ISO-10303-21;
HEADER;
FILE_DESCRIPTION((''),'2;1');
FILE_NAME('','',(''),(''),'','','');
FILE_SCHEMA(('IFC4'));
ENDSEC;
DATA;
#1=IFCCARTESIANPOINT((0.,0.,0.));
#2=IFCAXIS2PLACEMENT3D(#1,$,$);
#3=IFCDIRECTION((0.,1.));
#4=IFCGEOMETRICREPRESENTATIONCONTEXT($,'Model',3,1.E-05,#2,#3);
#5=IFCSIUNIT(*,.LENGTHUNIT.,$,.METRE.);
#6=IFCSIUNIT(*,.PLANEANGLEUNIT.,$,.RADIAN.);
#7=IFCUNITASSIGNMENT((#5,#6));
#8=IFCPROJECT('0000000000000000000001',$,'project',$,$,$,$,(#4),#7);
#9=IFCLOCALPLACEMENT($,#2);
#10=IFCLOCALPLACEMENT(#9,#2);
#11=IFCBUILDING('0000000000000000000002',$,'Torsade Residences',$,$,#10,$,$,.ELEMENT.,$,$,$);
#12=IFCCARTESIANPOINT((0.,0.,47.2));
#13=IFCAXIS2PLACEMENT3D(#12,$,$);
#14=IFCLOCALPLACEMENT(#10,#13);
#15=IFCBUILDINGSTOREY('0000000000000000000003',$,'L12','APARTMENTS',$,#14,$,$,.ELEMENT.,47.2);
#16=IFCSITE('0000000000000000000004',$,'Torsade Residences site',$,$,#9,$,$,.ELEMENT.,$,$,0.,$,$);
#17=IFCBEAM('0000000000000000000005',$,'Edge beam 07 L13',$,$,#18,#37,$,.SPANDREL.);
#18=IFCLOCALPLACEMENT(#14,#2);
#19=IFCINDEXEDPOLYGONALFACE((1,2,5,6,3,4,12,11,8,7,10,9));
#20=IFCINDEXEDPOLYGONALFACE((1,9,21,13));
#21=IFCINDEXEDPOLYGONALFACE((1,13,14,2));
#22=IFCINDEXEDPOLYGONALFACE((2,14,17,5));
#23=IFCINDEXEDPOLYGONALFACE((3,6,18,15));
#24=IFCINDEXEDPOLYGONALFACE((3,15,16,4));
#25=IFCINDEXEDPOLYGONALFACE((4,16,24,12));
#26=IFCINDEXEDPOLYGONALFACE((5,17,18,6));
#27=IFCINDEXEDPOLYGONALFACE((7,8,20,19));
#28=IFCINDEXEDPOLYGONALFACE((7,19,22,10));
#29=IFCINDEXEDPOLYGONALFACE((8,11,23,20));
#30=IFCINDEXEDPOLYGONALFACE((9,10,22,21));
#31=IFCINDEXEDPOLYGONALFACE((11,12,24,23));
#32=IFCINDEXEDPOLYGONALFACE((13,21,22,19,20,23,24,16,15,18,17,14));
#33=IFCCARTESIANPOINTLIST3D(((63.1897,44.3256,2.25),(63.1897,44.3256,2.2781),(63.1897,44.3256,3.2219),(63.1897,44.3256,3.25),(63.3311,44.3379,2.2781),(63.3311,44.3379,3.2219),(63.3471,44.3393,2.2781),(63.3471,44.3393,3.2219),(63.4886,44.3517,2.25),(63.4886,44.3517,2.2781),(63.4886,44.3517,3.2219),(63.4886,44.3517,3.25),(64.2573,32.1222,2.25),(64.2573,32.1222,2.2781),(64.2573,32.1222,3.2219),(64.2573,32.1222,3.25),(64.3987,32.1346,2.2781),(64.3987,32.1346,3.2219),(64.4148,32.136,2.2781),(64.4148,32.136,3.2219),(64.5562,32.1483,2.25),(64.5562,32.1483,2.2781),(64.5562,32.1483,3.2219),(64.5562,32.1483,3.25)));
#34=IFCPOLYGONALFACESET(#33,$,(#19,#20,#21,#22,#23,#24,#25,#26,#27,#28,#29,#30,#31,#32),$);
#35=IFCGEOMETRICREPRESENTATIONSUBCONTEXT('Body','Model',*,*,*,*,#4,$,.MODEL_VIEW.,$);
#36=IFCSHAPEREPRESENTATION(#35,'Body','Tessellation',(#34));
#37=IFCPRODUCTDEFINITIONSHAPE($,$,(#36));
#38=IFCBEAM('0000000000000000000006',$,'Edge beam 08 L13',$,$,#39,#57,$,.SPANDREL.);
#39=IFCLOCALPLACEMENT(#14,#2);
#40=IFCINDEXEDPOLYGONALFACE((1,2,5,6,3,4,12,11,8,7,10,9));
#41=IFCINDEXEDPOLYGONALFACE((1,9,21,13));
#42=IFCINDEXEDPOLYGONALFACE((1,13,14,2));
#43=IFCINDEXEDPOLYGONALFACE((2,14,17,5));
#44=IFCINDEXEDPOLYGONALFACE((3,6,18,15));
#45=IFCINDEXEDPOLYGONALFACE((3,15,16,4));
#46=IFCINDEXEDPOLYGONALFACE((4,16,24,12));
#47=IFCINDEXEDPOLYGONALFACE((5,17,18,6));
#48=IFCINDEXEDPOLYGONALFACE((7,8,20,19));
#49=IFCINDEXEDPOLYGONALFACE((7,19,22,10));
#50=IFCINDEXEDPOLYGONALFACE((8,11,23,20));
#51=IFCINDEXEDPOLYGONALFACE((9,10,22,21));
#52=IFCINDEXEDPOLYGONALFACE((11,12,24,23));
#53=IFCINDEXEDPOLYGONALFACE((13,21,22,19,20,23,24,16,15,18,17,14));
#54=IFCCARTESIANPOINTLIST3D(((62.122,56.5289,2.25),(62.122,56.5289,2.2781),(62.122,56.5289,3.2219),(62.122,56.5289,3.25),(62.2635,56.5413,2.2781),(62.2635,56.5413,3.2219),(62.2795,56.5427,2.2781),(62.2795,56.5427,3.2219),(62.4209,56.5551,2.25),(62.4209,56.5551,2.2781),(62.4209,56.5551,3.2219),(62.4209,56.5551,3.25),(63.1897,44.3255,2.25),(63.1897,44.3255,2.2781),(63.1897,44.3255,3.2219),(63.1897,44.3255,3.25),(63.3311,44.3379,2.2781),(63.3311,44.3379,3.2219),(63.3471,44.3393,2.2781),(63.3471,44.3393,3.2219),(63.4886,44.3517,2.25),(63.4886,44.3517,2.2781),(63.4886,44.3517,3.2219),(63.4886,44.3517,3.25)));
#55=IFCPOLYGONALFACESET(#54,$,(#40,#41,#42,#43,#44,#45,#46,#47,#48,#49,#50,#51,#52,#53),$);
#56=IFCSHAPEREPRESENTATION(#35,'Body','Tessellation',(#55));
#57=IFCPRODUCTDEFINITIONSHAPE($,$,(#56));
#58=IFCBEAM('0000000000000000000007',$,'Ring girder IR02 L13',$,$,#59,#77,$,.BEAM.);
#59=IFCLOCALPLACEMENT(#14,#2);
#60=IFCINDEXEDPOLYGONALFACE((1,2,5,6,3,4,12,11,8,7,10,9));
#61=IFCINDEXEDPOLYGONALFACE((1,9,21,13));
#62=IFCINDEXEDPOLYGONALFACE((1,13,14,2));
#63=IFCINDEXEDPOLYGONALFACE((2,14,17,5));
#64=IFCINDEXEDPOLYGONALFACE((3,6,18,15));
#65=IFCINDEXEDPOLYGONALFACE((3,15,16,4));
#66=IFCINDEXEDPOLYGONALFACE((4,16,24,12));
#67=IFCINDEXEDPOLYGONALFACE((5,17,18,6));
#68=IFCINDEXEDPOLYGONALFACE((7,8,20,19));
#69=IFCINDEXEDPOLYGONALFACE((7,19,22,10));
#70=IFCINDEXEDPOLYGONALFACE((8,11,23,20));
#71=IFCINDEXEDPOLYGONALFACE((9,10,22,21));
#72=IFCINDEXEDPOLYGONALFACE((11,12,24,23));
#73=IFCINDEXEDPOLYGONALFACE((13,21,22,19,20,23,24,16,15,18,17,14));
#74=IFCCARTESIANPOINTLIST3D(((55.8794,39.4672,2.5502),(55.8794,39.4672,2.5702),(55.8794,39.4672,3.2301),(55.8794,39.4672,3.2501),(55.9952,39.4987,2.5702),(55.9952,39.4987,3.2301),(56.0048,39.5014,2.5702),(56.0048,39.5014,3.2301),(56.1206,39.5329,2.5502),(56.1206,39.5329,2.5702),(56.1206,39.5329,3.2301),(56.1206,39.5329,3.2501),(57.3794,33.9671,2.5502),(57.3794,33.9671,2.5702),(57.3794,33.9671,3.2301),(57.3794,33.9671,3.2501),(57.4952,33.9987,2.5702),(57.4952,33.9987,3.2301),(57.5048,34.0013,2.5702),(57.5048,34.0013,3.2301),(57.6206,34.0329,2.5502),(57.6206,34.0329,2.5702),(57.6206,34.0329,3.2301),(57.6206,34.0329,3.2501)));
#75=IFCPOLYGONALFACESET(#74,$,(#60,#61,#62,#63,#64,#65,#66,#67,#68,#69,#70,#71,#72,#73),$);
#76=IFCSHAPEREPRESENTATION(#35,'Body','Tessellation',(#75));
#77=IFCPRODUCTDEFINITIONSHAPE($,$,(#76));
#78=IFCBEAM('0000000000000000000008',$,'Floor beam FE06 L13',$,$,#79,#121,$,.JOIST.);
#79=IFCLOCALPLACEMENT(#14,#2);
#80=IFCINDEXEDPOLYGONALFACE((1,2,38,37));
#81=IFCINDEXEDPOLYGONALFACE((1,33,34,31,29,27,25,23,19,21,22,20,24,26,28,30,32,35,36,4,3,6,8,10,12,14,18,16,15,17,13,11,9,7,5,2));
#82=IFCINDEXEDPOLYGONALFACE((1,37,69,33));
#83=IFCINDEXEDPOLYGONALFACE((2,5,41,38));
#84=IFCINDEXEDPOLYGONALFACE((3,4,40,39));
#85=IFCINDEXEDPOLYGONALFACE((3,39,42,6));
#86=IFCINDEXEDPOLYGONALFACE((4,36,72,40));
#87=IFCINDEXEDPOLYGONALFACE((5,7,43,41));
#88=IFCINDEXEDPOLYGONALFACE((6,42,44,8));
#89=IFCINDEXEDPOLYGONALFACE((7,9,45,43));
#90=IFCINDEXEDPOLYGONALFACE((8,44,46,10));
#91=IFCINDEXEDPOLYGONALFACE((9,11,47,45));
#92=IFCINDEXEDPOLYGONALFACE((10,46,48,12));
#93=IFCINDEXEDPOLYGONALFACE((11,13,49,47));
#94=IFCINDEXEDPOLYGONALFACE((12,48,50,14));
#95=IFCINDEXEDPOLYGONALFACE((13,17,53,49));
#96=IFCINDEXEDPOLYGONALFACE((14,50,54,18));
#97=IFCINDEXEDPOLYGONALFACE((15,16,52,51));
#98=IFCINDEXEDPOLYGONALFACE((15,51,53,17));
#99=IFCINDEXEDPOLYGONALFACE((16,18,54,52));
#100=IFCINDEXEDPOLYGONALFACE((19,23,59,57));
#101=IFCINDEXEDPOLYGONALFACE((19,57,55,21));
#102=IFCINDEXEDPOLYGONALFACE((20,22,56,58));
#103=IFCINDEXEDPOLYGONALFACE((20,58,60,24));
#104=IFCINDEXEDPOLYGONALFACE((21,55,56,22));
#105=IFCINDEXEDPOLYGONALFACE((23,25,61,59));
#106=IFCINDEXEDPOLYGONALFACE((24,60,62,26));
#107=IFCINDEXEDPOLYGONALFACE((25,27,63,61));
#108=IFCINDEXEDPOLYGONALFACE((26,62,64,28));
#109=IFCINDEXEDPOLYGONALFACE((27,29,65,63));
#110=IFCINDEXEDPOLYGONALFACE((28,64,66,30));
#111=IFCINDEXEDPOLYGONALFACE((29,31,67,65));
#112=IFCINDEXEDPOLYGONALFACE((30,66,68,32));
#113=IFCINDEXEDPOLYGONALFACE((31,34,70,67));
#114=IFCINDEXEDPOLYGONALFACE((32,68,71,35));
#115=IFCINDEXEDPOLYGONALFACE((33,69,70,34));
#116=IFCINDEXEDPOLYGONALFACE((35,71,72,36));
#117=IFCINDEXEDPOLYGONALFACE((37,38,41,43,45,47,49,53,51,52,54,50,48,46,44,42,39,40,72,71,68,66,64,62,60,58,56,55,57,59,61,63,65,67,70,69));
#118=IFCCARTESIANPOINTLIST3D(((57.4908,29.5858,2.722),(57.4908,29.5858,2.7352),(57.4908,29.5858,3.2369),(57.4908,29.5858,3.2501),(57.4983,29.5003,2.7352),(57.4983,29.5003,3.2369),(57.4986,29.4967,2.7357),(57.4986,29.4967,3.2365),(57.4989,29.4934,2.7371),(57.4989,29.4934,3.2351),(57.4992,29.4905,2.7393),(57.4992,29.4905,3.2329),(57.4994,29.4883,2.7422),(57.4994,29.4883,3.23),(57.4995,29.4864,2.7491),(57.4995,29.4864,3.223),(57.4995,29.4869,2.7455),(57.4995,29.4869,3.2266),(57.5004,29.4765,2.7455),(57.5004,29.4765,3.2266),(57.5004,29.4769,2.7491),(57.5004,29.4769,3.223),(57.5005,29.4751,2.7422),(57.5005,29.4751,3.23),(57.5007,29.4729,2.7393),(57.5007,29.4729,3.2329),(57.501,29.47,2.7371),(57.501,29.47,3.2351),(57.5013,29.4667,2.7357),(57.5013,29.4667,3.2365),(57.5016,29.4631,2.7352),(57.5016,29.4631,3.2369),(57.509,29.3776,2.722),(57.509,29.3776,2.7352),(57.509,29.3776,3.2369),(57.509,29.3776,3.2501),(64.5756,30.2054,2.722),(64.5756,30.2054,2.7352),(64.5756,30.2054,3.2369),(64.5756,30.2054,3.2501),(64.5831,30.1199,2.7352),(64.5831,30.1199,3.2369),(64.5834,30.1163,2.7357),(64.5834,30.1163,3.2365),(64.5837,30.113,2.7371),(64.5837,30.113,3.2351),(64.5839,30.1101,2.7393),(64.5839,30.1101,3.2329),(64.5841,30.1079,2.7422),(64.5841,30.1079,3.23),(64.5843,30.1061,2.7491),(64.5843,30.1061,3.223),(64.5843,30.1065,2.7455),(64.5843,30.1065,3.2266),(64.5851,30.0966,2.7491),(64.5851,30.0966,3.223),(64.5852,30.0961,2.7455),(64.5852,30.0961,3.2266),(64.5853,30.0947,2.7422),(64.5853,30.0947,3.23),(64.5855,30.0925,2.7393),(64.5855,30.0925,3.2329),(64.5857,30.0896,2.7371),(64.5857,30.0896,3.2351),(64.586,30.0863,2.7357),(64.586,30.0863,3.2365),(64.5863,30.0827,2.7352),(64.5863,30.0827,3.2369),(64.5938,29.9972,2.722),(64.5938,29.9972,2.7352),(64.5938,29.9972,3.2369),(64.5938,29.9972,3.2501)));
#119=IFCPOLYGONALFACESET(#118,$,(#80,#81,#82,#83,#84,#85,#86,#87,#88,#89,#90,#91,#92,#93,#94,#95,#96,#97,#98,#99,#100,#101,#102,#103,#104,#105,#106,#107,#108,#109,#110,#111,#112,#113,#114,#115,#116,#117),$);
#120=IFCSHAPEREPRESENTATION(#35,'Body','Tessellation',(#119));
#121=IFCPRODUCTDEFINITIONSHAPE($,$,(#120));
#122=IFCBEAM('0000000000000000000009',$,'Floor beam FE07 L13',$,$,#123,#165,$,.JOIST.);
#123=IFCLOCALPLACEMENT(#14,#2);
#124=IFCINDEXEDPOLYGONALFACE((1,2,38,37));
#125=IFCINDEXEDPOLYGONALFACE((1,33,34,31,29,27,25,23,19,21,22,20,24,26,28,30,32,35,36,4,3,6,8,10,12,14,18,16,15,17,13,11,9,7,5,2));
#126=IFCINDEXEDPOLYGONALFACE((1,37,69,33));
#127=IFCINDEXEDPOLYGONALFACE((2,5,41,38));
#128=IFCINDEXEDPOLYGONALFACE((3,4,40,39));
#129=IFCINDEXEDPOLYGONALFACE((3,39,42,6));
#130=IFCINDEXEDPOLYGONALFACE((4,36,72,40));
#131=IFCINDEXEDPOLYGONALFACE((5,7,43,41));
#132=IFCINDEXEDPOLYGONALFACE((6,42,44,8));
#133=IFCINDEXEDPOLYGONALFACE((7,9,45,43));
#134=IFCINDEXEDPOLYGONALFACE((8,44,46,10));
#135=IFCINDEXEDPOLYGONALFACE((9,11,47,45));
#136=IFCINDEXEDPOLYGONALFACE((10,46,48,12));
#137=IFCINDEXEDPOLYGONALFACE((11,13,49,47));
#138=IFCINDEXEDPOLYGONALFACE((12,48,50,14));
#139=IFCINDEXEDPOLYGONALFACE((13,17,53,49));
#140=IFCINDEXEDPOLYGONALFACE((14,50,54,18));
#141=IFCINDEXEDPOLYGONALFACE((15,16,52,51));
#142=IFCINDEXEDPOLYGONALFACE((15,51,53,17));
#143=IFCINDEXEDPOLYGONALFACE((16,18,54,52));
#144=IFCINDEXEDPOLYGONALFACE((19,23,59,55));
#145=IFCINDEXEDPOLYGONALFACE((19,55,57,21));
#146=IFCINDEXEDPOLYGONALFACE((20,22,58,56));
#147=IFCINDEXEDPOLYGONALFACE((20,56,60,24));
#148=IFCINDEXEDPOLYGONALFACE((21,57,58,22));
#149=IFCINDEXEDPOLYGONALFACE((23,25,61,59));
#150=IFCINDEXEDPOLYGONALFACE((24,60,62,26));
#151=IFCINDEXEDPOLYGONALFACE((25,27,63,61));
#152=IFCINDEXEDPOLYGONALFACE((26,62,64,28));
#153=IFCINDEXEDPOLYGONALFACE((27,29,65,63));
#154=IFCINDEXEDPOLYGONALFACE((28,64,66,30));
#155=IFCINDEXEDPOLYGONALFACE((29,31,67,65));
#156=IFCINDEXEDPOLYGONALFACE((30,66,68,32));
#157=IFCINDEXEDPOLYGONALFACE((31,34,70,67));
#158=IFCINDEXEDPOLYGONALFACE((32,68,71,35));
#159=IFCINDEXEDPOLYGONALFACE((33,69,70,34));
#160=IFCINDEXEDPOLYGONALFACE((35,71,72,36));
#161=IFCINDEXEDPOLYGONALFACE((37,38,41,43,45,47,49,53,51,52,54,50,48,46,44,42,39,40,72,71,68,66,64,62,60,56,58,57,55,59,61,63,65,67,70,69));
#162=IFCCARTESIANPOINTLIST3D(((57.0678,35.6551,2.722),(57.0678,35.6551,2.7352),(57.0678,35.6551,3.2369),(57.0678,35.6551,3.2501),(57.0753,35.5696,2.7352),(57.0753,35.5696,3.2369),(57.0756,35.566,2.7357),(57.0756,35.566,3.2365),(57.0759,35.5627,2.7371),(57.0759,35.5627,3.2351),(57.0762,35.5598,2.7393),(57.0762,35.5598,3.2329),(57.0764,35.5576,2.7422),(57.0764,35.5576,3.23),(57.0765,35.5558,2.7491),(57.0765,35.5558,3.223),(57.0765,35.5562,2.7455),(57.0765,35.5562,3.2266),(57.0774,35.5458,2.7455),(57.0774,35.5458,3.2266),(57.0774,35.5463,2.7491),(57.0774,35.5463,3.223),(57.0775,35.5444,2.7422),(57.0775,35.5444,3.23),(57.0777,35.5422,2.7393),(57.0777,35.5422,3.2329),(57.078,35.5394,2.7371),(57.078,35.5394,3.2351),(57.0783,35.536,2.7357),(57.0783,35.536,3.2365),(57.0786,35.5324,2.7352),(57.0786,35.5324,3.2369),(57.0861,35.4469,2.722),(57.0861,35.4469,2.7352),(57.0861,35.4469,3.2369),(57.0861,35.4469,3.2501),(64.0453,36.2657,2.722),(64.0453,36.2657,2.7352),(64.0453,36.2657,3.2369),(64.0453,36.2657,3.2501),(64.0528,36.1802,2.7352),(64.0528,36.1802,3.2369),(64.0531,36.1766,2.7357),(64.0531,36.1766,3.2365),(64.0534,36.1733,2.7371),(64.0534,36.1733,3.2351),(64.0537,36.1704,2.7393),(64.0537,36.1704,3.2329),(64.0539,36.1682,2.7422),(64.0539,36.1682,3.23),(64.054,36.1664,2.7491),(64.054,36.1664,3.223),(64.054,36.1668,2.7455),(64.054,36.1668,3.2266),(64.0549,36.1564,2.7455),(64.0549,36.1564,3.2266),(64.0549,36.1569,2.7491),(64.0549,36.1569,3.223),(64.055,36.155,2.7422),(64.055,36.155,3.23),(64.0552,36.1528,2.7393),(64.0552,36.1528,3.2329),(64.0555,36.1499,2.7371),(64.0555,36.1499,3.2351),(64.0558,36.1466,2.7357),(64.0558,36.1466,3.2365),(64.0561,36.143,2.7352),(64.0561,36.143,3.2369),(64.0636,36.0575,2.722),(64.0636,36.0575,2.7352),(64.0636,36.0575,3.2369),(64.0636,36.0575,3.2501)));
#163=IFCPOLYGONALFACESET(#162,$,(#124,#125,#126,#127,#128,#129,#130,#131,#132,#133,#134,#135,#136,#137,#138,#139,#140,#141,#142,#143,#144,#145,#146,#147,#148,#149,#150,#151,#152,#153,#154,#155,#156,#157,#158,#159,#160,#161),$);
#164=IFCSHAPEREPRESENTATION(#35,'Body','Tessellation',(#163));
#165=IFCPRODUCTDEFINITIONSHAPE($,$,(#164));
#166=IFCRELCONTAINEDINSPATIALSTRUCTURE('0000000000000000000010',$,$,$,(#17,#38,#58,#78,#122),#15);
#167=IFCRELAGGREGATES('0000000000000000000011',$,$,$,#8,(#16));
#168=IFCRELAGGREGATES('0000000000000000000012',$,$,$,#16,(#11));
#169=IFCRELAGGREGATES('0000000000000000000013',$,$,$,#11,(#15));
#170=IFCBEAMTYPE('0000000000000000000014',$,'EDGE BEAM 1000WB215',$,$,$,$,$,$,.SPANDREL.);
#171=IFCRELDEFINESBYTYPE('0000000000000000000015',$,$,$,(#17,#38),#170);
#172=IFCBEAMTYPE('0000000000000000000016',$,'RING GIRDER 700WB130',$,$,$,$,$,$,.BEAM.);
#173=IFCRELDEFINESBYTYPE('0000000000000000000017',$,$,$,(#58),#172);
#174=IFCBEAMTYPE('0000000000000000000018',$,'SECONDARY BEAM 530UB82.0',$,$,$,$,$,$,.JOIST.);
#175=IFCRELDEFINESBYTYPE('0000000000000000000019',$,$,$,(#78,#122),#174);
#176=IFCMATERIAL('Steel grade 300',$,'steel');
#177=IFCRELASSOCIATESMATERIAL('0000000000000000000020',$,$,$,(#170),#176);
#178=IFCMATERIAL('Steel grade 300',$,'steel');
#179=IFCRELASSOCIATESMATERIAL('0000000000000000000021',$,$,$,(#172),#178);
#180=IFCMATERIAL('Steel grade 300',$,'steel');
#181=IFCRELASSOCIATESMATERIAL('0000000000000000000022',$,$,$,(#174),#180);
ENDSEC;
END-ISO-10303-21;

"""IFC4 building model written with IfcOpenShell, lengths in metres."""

from ifc_helpers import new_model, si_unit, direction, frame, origin, origin_2d, place, context, subcontext, project, spatial, i_section, extrude, material, material_profile, profile_set, type_object, element, save


model = new_model("IFC4")

# Units and contexts
model_context = context("Model", 3, precision=1e-05, world=origin(), true_north=direction((0.0, 1.0)))
body_context = subcontext(model_context, "Body", "Model", "MODEL_VIEW")
ifc_project = project(units=[si_unit("LENGTHUNIT", "METRE"), si_unit("PLANEANGLEUNIT", "RADIAN")], contexts=[model_context])

# Site, building, storey
site_placement = place(None, origin())
site = spatial("IfcSite", under=ifc_project, at=site_placement, Name="Torsade Residences site", CompositionType="ELEMENT", RefElevation=0.0)
building_placement = place(site_placement, origin())
building = spatial("IfcBuilding", under=site, at=building_placement, Name="Torsade Residences", CompositionType="ELEMENT")
storey_placement = place(building_placement, frame((0.0, 0.0, 47.2)))
storey = spatial("IfcBuildingStorey", under=building, at=storey_placement, Name="L12", Description="APARTMENTS", CompositionType="ELEMENT", Elevation=47.2)

# Beams
ifc_material_1 = material(Name="Steel grade 300", Category="steel")
ifc_material_profile_1 = material_profile(ifc_material_1, i_section(OverallWidth=0.3, OverallDepth=1.0, WebThickness=0.0161, FlangeThickness=0.0281, at=origin_2d()), Name="1000WB215")
ifc_profile_set_1 = profile_set([ifc_material_profile_1], Name="Steel grade 300")
beam_type_1 = type_object("IfcBeamType", Name="EDGE BEAM 1000WB215", PredefinedType="SPANDREL", material=ifc_profile_set_1)
for number, where, z_axis, x_axis, name in (
    (1, (64.4067, 32.1353, 2.75), (-0.087153, 0.996195, 0.0), (-0.996195, -0.087153, 0.0), "Edge beam 07 L13"),
    (2, (63.3391, 44.3386, 2.75), (-0.087153, 0.996195, 0.0), (-0.996195, -0.087153, 0.0), "Edge beam 08 L13"),
):
    element("IfcBeam", number, at=place(storey_placement, frame(where, z_axis=z_axis, x_axis=x_axis)), inside=storey, type_object=beam_type_1, Name=name, PredefinedType="SPANDREL", context=body_context, shape_type="SweptSolid", body=[
        extrude(i_section(OverallWidth=0.3, OverallDepth=1.0, WebThickness=0.0161, FlangeThickness=0.0281, at=origin_2d()), origin(), (0.0, 0.0, 1.0), 12.25),
    ])
ifc_material_2 = material(Name="Steel grade 300", Category="steel")
ifc_material_profile_2 = material_profile(ifc_material_2, i_section(OverallWidth=0.25, OverallDepth=0.7, WebThickness=0.01, FlangeThickness=0.02, at=origin_2d()), Name="700WB130")
ifc_profile_set_2 = profile_set([ifc_material_profile_2], Name="Steel grade 300")
beam_type_2 = type_object("IfcBeamType", Name="RING GIRDER 700WB130", PredefinedType="BEAM", material=ifc_profile_set_2)
beam_1_placement = place(storey_placement, frame((57.5, 34.0, 2.9001), z_axis=(-0.263117, 0.964764, 0.0), x_axis=(-0.964764, -0.263117, 0.0)))
element("IfcBeam", 3, at=beam_1_placement, inside=storey, type_object=beam_type_2, Name="Ring girder IR02 L13", PredefinedType="BEAM", context=body_context, shape_type="SweptSolid", body=[
    extrude(i_section(OverallWidth=0.25, OverallDepth=0.7, WebThickness=0.01, FlangeThickness=0.02, at=origin_2d()), origin(), (0.0, 0.0, 1.0), 5.7009),
])
ifc_material_3 = material(Name="Steel grade 300", Category="steel")
ifc_material_profile_3 = material_profile(ifc_material_3, i_section(OverallWidth=0.209, OverallDepth=0.5281, WebThickness=0.0095, FlangeThickness=0.0132, FilletRadius=0.0139, at=origin_2d()), Name="530UB82.0")
ifc_profile_set_3 = profile_set([ifc_material_profile_3], Name="Steel grade 300")
beam_type_3 = type_object("IfcBeamType", Name="SECONDARY BEAM 530UB82.0", PredefinedType="JOIST", material=ifc_profile_set_3)
beam_2_placement = place(storey_placement, frame((64.5847, 30.1013, 2.9861), z_axis=(-0.996197, -0.087127, 0.0), x_axis=(0.087127, -0.996197, 0.0)))
element("IfcBeam", 4, at=beam_2_placement, inside=storey, type_object=beam_type_3, Name="Floor beam FE06 L13", PredefinedType="JOIST", context=body_context, shape_type="SweptSolid", body=[
    extrude(i_section(OverallWidth=0.209, OverallDepth=0.5281, WebThickness=0.0095, FlangeThickness=0.0132, FilletRadius=0.0139, at=origin_2d()), origin(), (0.0, 0.0, 1.0), 7.1118),
])
beam_3_placement = place(storey_placement, frame((64.0544, 36.1616, 2.9861), z_axis=(-0.996193, -0.087176, 0.0), x_axis=(0.087176, -0.996193, 0.0)))
element("IfcBeam", 5, at=beam_3_placement, inside=storey, type_object=beam_type_3, Name="Floor beam FE07 L13", PredefinedType="JOIST", context=body_context, shape_type="SweptSolid", body=[
    extrude(i_section(OverallWidth=0.209, OverallDepth=0.5281, WebThickness=0.0095, FlangeThickness=0.0132, FilletRadius=0.0139, at=origin_2d()), origin(), (0.0, 0.0, 1.0), 7.0042),
])

save(model, "model.ifc")
